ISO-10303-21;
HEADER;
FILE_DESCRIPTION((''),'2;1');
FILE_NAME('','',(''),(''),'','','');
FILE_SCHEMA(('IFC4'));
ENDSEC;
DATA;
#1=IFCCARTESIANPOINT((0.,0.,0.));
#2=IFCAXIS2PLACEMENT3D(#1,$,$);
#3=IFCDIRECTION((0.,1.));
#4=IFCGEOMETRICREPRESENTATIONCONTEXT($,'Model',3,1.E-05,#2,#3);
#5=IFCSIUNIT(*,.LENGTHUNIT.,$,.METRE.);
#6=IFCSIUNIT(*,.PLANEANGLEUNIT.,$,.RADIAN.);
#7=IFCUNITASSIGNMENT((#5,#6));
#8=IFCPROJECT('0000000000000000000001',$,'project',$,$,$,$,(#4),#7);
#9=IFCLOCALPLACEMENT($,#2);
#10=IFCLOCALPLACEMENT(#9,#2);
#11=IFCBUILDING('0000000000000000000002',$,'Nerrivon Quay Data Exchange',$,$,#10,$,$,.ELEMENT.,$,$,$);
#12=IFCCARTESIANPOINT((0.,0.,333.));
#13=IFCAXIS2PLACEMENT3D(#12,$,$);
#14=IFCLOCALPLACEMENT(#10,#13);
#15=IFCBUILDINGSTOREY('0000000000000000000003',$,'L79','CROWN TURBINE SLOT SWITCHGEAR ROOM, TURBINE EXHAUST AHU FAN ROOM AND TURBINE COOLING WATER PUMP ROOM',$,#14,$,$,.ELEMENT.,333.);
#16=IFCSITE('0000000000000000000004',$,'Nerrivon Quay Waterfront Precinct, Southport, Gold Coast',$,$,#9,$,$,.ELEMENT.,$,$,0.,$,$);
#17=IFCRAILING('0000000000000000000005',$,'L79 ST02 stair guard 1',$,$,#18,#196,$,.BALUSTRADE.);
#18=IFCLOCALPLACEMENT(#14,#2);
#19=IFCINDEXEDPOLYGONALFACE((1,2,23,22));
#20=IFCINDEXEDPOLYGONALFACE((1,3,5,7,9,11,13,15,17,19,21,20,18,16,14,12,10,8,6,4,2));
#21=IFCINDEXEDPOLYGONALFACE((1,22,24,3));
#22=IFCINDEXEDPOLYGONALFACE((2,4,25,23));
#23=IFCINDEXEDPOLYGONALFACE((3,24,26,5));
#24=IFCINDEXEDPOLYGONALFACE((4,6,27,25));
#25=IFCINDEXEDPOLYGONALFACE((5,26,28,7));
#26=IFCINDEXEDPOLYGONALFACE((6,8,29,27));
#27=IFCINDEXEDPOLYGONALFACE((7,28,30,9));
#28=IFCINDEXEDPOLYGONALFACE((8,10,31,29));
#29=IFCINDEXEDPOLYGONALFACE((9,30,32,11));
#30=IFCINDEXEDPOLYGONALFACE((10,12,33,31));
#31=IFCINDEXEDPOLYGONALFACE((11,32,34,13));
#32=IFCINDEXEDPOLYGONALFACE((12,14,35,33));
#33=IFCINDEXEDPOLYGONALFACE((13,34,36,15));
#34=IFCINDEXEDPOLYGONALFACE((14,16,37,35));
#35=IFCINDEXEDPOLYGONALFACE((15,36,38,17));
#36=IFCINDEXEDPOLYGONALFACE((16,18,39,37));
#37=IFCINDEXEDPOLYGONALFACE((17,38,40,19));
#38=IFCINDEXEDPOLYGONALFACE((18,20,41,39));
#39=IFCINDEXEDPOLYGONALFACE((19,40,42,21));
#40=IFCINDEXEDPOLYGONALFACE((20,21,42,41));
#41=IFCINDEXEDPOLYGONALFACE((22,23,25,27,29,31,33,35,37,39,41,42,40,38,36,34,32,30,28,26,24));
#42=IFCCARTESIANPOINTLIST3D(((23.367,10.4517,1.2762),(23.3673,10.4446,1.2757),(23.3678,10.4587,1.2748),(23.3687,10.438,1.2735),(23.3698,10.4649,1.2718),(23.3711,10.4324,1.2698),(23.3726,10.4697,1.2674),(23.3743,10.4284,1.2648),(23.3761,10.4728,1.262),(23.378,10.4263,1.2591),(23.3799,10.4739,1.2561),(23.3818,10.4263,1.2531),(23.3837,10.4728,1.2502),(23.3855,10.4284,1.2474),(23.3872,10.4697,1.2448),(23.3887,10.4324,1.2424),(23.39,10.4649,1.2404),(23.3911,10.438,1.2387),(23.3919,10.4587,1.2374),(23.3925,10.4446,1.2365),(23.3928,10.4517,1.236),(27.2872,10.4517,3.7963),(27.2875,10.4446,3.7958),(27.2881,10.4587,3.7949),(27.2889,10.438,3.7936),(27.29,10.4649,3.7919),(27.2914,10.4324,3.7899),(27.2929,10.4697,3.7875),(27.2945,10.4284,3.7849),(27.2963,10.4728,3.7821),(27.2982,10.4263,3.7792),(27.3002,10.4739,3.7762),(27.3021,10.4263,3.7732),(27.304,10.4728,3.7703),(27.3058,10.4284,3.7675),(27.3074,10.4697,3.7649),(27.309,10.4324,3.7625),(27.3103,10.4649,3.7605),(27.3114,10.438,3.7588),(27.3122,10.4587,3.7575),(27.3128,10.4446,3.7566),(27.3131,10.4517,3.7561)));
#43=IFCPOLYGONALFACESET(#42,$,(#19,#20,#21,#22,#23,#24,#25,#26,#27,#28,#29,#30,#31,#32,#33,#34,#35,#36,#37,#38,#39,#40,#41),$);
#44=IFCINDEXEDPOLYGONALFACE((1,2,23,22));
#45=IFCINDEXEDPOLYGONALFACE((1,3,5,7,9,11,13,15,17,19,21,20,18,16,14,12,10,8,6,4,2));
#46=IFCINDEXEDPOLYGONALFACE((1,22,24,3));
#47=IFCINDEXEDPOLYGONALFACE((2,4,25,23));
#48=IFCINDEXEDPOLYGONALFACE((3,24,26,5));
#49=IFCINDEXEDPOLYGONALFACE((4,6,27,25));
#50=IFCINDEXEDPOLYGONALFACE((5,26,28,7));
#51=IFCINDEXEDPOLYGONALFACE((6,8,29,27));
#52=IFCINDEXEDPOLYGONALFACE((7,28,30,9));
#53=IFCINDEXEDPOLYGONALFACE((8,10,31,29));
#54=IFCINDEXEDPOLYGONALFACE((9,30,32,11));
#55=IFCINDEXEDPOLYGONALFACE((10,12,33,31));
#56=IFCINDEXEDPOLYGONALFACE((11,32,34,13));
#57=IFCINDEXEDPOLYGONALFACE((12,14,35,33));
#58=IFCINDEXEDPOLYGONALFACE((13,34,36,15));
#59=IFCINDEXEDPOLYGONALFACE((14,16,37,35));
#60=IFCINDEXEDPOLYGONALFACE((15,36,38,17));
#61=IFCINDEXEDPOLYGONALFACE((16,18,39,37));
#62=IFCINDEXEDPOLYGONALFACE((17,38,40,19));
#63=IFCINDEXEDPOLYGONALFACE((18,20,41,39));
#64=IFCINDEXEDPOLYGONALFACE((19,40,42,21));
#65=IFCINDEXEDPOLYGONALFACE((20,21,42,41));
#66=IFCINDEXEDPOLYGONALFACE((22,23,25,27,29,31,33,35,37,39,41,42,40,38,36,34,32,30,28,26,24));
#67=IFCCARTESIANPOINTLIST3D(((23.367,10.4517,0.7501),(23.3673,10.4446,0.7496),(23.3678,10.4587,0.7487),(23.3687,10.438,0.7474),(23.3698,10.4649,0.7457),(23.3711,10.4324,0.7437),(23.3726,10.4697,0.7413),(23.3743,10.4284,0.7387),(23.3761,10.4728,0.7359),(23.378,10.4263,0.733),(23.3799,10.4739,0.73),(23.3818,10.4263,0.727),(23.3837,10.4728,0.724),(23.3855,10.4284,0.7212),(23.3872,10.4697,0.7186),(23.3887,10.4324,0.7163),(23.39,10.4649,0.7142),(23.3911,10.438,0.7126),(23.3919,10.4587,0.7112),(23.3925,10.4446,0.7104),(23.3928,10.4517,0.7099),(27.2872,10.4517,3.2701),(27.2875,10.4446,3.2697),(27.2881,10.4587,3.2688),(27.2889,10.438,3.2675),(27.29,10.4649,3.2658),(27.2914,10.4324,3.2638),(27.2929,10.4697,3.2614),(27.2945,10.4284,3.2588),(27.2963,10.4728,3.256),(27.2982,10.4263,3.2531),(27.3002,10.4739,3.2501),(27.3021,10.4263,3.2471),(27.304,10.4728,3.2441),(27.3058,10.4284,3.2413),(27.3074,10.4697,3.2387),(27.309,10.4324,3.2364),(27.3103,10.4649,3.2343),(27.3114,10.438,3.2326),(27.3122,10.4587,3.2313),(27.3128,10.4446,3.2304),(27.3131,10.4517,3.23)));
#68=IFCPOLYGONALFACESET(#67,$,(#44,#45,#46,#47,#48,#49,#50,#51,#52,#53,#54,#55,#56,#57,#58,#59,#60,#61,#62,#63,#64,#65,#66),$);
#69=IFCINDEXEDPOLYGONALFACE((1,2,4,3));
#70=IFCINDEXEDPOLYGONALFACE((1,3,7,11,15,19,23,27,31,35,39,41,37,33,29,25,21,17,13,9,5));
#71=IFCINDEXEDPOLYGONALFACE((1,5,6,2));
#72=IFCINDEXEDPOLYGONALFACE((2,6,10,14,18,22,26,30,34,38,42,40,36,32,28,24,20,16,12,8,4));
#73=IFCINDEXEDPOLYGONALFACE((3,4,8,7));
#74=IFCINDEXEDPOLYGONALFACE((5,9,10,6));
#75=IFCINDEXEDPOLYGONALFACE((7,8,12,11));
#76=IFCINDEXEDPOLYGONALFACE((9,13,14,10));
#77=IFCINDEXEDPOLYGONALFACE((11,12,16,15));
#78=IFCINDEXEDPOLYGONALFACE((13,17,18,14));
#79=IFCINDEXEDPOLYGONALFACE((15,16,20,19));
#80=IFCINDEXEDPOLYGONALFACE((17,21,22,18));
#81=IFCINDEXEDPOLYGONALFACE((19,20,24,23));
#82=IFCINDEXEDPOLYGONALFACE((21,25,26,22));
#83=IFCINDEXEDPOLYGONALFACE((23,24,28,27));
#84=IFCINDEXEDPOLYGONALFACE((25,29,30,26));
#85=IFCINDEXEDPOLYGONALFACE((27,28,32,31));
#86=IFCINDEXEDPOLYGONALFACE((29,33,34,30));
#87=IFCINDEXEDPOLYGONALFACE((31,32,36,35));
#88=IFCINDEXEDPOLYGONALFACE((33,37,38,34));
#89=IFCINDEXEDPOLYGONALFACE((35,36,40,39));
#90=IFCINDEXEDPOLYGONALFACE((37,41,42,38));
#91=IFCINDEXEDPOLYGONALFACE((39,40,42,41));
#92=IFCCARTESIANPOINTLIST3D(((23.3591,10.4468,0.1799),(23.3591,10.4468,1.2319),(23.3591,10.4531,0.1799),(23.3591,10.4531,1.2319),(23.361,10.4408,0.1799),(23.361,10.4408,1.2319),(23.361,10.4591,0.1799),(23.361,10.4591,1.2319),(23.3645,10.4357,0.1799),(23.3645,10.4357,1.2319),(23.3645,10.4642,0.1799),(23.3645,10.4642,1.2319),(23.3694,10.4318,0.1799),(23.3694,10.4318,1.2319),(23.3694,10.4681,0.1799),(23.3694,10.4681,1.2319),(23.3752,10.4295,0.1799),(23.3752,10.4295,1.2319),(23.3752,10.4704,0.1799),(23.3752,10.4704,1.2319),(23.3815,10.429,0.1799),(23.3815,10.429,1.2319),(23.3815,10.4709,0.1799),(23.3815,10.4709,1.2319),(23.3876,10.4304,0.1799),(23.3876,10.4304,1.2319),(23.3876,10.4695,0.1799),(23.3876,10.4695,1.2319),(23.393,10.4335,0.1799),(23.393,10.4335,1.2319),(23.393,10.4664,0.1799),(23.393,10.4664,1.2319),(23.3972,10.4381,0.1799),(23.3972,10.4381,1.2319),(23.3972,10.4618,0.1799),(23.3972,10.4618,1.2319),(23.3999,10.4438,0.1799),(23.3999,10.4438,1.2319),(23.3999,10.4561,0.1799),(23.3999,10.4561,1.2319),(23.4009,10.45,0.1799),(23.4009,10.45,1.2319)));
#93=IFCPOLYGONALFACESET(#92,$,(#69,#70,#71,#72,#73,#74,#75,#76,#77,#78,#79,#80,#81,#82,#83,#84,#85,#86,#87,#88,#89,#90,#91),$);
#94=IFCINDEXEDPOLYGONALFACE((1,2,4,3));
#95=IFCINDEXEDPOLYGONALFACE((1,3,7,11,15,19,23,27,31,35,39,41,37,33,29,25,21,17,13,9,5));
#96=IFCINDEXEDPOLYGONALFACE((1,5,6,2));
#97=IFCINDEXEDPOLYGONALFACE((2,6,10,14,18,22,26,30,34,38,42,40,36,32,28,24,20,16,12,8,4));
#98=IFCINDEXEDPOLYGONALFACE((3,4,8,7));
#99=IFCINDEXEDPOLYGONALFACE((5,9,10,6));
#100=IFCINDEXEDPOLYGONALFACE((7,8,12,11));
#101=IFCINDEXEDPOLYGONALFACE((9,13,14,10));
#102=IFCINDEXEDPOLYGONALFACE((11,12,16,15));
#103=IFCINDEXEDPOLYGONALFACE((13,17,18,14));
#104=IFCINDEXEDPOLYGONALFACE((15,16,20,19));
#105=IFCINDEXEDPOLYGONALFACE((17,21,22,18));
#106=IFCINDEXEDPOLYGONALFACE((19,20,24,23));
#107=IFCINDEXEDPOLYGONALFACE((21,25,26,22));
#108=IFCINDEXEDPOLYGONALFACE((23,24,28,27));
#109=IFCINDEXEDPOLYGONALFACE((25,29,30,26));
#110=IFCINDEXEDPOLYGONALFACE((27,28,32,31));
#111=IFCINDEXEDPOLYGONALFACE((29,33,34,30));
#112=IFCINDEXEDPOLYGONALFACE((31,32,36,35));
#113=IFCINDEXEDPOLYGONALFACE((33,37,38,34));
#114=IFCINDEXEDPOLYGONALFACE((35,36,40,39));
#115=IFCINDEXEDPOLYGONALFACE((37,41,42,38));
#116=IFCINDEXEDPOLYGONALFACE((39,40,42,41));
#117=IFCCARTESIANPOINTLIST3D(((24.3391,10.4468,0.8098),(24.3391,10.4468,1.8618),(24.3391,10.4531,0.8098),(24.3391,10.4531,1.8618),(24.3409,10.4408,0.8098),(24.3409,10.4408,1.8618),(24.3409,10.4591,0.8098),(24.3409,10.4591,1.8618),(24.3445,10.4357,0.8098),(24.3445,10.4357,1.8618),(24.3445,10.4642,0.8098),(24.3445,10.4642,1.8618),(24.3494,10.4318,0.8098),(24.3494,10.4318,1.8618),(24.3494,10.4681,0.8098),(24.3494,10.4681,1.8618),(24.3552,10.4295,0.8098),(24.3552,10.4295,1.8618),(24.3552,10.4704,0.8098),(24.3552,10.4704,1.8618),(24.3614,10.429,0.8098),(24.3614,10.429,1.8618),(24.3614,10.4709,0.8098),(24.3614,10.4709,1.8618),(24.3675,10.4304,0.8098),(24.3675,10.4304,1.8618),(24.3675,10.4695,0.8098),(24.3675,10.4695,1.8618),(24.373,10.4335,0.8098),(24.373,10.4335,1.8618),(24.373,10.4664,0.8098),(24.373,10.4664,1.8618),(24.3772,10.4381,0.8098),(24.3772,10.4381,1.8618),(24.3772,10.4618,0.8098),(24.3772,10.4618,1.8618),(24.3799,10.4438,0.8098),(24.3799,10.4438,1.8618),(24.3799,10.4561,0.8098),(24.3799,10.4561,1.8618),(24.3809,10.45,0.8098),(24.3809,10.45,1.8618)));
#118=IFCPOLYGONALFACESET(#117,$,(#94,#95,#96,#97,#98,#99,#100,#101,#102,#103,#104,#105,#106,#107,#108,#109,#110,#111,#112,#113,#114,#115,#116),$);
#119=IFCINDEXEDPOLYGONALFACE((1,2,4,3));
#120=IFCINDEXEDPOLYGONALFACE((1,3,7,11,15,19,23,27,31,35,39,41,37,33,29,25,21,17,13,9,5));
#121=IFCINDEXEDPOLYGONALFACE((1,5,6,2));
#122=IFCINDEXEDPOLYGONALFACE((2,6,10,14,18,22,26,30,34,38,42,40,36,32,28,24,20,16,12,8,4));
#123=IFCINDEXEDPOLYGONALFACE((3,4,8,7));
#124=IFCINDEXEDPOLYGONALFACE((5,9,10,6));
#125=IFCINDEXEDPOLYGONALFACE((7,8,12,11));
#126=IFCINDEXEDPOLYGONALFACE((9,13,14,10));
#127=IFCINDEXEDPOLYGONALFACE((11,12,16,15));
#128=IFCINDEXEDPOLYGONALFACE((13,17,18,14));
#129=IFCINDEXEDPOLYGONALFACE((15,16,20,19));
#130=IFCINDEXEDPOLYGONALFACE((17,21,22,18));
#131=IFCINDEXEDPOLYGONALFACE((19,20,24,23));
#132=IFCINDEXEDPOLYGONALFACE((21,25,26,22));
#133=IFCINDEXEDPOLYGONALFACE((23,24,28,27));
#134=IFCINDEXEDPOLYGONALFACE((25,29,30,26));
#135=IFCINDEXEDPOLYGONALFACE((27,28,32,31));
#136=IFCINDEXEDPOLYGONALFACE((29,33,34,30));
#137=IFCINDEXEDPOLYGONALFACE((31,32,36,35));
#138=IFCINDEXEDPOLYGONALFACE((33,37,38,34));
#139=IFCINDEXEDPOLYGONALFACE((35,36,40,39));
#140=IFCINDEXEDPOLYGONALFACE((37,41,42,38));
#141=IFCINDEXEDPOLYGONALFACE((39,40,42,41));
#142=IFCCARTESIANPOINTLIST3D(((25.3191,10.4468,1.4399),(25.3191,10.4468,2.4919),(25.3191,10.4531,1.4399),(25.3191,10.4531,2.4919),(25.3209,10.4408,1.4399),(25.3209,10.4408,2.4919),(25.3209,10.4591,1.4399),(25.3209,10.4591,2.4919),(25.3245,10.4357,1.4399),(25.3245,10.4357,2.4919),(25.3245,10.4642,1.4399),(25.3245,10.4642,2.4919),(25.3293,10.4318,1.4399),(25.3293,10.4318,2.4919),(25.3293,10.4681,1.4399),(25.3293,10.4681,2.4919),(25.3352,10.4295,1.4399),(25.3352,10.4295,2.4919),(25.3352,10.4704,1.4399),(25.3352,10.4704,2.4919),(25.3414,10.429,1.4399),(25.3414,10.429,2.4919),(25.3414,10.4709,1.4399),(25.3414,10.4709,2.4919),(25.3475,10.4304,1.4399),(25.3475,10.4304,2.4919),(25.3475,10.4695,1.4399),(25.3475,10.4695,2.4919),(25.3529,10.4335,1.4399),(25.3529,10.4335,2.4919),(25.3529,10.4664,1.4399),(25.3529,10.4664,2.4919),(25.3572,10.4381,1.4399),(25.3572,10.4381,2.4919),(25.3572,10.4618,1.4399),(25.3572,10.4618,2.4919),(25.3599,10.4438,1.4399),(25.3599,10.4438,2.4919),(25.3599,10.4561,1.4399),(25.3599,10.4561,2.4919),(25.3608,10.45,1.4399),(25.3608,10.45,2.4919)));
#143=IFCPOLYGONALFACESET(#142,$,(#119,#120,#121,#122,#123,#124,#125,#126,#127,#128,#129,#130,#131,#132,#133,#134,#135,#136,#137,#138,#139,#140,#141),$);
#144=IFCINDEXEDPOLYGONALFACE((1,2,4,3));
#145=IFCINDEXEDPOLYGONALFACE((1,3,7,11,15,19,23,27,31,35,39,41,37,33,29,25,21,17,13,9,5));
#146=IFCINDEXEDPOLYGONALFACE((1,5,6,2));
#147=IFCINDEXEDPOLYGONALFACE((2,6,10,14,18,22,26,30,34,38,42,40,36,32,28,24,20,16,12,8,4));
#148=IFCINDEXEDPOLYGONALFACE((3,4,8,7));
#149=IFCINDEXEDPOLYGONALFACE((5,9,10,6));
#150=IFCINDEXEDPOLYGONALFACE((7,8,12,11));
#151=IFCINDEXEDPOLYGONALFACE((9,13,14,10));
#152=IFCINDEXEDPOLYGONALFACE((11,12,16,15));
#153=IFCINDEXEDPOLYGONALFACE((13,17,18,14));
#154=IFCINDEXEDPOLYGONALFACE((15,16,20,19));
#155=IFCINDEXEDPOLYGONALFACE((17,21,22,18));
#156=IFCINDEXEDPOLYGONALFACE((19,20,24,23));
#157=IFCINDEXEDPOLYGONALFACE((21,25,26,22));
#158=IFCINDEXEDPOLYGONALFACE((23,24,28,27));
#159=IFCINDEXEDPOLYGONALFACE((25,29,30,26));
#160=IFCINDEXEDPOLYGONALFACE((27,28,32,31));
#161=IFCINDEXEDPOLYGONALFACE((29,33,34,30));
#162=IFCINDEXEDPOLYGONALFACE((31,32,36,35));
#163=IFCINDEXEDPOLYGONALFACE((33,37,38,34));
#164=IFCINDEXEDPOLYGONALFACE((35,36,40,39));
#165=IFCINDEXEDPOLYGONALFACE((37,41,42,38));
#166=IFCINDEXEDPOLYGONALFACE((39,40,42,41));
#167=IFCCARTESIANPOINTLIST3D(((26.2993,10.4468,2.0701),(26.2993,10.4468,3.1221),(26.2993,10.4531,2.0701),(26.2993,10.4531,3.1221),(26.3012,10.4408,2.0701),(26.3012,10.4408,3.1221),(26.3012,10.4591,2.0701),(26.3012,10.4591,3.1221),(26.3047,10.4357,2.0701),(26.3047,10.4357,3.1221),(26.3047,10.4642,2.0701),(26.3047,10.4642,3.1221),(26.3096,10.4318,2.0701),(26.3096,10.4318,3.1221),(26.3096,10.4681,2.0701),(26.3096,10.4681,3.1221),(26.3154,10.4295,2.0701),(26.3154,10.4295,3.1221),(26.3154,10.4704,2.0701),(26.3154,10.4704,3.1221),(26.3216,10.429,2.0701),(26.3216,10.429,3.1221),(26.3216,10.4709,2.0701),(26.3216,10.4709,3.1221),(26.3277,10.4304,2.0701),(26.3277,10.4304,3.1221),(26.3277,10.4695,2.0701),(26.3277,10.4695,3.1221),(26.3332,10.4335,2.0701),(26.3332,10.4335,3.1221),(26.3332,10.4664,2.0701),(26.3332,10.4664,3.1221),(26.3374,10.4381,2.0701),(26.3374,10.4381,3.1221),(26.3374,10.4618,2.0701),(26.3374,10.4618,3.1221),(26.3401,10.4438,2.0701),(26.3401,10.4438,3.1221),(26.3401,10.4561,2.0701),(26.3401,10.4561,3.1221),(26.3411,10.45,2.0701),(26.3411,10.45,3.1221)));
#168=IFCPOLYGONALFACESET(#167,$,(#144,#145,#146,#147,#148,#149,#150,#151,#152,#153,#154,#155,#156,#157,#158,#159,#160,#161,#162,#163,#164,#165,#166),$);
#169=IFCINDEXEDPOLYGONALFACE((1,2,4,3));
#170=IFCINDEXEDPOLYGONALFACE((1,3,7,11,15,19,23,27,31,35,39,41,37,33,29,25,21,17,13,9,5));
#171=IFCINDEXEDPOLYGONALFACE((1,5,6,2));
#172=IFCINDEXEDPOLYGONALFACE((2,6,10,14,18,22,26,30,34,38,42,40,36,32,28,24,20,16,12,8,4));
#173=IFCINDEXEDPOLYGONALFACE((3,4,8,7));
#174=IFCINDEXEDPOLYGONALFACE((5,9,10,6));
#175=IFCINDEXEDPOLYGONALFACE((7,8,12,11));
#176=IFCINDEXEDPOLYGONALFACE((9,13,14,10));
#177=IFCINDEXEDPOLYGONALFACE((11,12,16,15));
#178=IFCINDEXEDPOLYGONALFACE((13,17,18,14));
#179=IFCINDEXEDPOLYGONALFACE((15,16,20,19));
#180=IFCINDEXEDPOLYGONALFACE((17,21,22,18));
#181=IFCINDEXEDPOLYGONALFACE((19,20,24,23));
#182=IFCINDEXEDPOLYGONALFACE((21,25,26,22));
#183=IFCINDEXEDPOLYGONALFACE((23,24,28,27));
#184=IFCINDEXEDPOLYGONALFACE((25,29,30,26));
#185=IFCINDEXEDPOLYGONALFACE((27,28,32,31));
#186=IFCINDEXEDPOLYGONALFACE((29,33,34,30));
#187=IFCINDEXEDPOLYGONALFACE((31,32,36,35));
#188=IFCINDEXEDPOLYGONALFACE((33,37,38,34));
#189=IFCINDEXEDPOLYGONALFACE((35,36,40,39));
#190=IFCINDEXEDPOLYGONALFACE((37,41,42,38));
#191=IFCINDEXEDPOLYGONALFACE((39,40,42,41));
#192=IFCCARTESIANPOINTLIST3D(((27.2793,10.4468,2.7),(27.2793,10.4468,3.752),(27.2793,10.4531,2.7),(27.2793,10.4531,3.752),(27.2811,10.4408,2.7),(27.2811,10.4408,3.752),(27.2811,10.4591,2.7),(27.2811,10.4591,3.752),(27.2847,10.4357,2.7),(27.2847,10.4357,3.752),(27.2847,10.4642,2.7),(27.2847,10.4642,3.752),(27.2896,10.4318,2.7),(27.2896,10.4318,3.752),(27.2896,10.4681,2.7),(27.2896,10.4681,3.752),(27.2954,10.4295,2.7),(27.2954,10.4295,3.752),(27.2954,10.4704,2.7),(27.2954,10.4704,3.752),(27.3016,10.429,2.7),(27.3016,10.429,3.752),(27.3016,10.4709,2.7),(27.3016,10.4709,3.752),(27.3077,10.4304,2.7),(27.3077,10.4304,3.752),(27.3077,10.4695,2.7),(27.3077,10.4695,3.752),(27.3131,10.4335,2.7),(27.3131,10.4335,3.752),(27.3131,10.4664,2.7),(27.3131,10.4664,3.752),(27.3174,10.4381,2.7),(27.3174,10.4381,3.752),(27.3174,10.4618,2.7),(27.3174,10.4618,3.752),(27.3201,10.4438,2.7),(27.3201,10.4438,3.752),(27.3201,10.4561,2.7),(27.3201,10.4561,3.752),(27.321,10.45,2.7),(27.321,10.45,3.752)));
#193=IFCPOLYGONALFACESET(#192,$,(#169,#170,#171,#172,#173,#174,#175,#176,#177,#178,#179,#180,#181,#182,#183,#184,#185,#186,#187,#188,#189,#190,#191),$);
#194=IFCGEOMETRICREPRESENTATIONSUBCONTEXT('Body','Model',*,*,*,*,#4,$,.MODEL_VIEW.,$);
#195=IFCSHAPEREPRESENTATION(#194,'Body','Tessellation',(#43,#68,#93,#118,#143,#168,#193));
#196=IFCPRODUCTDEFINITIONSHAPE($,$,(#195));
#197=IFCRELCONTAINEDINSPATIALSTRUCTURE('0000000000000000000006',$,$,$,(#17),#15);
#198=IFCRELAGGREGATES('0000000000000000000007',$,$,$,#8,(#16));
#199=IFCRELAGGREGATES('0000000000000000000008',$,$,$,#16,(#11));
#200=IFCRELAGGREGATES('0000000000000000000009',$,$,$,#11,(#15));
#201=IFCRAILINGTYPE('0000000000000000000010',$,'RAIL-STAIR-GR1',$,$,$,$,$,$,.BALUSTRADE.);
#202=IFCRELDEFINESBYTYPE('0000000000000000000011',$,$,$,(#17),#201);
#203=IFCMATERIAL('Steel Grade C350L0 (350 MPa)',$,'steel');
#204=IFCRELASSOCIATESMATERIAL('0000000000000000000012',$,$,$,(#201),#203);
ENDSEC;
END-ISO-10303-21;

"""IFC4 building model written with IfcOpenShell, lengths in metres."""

from ifc_helpers import new_model, si_unit, direction, frame, origin, origin_2d, place, context, subcontext, project, spatial, circle, extrude, material, type_object, element, save


model = new_model("IFC4")

# Units and contexts
model_context = context("Model", 3, precision=1e-05, world=origin(), true_north=direction((0.0, 1.0)))
body_context = subcontext(model_context, "Body", "Model", "MODEL_VIEW")
ifc_project = project(units=[si_unit("LENGTHUNIT", "METRE"), si_unit("PLANEANGLEUNIT", "RADIAN")], contexts=[model_context])

# Site, building, storey
site_placement = place(None, origin())
site = spatial("IfcSite", under=ifc_project, at=site_placement, Name="Nerrivon Quay Waterfront Precinct, Southport, Gold Coast", CompositionType="ELEMENT", RefElevation=0.0)
building_placement = place(site_placement, origin())
building = spatial("IfcBuilding", under=site, at=building_placement, Name="Nerrivon Quay Data Exchange", CompositionType="ELEMENT")
storey_placement = place(building_placement, frame((0.0, 0.0, 333.0)))
storey = spatial("IfcBuildingStorey", under=building, at=storey_placement, Name="L79", Description="CROWN TURBINE SLOT SWITCHGEAR ROOM, TURBINE EXHAUST AHU FAN ROOM AND TURBINE COOLING WATER PUMP ROOM", CompositionType="ELEMENT", Elevation=333.0)

# Railing
ifc_material_1 = material(Name="Steel Grade C350L0 (350 MPa)", Category="steel")
railing_type_1 = type_object("IfcRailingType", Name="RAIL-STAIR-GR1", PredefinedType="BALUSTRADE", material=ifc_material_1)
railing_1_placement = place(storey_placement, frame((23.3799, 10.45, 0.1799)))
element("IfcRailing", 1, at=railing_1_placement, inside=storey, type_object=railing_type_1, Name="L79 ST02 stair guard 1", PredefinedType="BALUSTRADE", context=body_context, shape_type="SweptSolid", body=[
    extrude(circle(Radius=0.0239, at=origin_2d()), frame((0.0, 0.0, 1.0762), z_axis=(0.841187, 0.0, 0.540744), x_axis=(0.0, 1.0, 0.0)), (0.0, 0.0, 1.0), 4.6604),
    extrude(circle(Radius=0.0239, at=origin_2d()), frame((0.0, 0.0, 0.55), z_axis=(0.841187, 0.0, 0.540744), x_axis=(0.0, 1.0, 0.0)), (0.0, 0.0, 1.0), 4.6604),
    extrude(circle(Radius=0.021, at=origin_2d()), origin(), (0.0, 0.0, 1.0), 1.052),
    extrude(circle(Radius=0.021, at=origin_2d()), frame((0.98, 0.0, 0.6299)), (0.0, 0.0, 1.0), 1.052),
    extrude(circle(Radius=0.021, at=origin_2d()), frame((1.96, 0.0, 1.26)), (0.0, 0.0, 1.0), 1.052),
    extrude(circle(Radius=0.021, at=origin_2d()), frame((2.9402, 0.0, 1.8901)), (0.0, 0.0, 1.0), 1.052),
    extrude(circle(Radius=0.021, at=origin_2d()), frame((3.9202, 0.0, 2.52)), (0.0, 0.0, 1.0), 1.052),
])

save(model, "model.ifc")
